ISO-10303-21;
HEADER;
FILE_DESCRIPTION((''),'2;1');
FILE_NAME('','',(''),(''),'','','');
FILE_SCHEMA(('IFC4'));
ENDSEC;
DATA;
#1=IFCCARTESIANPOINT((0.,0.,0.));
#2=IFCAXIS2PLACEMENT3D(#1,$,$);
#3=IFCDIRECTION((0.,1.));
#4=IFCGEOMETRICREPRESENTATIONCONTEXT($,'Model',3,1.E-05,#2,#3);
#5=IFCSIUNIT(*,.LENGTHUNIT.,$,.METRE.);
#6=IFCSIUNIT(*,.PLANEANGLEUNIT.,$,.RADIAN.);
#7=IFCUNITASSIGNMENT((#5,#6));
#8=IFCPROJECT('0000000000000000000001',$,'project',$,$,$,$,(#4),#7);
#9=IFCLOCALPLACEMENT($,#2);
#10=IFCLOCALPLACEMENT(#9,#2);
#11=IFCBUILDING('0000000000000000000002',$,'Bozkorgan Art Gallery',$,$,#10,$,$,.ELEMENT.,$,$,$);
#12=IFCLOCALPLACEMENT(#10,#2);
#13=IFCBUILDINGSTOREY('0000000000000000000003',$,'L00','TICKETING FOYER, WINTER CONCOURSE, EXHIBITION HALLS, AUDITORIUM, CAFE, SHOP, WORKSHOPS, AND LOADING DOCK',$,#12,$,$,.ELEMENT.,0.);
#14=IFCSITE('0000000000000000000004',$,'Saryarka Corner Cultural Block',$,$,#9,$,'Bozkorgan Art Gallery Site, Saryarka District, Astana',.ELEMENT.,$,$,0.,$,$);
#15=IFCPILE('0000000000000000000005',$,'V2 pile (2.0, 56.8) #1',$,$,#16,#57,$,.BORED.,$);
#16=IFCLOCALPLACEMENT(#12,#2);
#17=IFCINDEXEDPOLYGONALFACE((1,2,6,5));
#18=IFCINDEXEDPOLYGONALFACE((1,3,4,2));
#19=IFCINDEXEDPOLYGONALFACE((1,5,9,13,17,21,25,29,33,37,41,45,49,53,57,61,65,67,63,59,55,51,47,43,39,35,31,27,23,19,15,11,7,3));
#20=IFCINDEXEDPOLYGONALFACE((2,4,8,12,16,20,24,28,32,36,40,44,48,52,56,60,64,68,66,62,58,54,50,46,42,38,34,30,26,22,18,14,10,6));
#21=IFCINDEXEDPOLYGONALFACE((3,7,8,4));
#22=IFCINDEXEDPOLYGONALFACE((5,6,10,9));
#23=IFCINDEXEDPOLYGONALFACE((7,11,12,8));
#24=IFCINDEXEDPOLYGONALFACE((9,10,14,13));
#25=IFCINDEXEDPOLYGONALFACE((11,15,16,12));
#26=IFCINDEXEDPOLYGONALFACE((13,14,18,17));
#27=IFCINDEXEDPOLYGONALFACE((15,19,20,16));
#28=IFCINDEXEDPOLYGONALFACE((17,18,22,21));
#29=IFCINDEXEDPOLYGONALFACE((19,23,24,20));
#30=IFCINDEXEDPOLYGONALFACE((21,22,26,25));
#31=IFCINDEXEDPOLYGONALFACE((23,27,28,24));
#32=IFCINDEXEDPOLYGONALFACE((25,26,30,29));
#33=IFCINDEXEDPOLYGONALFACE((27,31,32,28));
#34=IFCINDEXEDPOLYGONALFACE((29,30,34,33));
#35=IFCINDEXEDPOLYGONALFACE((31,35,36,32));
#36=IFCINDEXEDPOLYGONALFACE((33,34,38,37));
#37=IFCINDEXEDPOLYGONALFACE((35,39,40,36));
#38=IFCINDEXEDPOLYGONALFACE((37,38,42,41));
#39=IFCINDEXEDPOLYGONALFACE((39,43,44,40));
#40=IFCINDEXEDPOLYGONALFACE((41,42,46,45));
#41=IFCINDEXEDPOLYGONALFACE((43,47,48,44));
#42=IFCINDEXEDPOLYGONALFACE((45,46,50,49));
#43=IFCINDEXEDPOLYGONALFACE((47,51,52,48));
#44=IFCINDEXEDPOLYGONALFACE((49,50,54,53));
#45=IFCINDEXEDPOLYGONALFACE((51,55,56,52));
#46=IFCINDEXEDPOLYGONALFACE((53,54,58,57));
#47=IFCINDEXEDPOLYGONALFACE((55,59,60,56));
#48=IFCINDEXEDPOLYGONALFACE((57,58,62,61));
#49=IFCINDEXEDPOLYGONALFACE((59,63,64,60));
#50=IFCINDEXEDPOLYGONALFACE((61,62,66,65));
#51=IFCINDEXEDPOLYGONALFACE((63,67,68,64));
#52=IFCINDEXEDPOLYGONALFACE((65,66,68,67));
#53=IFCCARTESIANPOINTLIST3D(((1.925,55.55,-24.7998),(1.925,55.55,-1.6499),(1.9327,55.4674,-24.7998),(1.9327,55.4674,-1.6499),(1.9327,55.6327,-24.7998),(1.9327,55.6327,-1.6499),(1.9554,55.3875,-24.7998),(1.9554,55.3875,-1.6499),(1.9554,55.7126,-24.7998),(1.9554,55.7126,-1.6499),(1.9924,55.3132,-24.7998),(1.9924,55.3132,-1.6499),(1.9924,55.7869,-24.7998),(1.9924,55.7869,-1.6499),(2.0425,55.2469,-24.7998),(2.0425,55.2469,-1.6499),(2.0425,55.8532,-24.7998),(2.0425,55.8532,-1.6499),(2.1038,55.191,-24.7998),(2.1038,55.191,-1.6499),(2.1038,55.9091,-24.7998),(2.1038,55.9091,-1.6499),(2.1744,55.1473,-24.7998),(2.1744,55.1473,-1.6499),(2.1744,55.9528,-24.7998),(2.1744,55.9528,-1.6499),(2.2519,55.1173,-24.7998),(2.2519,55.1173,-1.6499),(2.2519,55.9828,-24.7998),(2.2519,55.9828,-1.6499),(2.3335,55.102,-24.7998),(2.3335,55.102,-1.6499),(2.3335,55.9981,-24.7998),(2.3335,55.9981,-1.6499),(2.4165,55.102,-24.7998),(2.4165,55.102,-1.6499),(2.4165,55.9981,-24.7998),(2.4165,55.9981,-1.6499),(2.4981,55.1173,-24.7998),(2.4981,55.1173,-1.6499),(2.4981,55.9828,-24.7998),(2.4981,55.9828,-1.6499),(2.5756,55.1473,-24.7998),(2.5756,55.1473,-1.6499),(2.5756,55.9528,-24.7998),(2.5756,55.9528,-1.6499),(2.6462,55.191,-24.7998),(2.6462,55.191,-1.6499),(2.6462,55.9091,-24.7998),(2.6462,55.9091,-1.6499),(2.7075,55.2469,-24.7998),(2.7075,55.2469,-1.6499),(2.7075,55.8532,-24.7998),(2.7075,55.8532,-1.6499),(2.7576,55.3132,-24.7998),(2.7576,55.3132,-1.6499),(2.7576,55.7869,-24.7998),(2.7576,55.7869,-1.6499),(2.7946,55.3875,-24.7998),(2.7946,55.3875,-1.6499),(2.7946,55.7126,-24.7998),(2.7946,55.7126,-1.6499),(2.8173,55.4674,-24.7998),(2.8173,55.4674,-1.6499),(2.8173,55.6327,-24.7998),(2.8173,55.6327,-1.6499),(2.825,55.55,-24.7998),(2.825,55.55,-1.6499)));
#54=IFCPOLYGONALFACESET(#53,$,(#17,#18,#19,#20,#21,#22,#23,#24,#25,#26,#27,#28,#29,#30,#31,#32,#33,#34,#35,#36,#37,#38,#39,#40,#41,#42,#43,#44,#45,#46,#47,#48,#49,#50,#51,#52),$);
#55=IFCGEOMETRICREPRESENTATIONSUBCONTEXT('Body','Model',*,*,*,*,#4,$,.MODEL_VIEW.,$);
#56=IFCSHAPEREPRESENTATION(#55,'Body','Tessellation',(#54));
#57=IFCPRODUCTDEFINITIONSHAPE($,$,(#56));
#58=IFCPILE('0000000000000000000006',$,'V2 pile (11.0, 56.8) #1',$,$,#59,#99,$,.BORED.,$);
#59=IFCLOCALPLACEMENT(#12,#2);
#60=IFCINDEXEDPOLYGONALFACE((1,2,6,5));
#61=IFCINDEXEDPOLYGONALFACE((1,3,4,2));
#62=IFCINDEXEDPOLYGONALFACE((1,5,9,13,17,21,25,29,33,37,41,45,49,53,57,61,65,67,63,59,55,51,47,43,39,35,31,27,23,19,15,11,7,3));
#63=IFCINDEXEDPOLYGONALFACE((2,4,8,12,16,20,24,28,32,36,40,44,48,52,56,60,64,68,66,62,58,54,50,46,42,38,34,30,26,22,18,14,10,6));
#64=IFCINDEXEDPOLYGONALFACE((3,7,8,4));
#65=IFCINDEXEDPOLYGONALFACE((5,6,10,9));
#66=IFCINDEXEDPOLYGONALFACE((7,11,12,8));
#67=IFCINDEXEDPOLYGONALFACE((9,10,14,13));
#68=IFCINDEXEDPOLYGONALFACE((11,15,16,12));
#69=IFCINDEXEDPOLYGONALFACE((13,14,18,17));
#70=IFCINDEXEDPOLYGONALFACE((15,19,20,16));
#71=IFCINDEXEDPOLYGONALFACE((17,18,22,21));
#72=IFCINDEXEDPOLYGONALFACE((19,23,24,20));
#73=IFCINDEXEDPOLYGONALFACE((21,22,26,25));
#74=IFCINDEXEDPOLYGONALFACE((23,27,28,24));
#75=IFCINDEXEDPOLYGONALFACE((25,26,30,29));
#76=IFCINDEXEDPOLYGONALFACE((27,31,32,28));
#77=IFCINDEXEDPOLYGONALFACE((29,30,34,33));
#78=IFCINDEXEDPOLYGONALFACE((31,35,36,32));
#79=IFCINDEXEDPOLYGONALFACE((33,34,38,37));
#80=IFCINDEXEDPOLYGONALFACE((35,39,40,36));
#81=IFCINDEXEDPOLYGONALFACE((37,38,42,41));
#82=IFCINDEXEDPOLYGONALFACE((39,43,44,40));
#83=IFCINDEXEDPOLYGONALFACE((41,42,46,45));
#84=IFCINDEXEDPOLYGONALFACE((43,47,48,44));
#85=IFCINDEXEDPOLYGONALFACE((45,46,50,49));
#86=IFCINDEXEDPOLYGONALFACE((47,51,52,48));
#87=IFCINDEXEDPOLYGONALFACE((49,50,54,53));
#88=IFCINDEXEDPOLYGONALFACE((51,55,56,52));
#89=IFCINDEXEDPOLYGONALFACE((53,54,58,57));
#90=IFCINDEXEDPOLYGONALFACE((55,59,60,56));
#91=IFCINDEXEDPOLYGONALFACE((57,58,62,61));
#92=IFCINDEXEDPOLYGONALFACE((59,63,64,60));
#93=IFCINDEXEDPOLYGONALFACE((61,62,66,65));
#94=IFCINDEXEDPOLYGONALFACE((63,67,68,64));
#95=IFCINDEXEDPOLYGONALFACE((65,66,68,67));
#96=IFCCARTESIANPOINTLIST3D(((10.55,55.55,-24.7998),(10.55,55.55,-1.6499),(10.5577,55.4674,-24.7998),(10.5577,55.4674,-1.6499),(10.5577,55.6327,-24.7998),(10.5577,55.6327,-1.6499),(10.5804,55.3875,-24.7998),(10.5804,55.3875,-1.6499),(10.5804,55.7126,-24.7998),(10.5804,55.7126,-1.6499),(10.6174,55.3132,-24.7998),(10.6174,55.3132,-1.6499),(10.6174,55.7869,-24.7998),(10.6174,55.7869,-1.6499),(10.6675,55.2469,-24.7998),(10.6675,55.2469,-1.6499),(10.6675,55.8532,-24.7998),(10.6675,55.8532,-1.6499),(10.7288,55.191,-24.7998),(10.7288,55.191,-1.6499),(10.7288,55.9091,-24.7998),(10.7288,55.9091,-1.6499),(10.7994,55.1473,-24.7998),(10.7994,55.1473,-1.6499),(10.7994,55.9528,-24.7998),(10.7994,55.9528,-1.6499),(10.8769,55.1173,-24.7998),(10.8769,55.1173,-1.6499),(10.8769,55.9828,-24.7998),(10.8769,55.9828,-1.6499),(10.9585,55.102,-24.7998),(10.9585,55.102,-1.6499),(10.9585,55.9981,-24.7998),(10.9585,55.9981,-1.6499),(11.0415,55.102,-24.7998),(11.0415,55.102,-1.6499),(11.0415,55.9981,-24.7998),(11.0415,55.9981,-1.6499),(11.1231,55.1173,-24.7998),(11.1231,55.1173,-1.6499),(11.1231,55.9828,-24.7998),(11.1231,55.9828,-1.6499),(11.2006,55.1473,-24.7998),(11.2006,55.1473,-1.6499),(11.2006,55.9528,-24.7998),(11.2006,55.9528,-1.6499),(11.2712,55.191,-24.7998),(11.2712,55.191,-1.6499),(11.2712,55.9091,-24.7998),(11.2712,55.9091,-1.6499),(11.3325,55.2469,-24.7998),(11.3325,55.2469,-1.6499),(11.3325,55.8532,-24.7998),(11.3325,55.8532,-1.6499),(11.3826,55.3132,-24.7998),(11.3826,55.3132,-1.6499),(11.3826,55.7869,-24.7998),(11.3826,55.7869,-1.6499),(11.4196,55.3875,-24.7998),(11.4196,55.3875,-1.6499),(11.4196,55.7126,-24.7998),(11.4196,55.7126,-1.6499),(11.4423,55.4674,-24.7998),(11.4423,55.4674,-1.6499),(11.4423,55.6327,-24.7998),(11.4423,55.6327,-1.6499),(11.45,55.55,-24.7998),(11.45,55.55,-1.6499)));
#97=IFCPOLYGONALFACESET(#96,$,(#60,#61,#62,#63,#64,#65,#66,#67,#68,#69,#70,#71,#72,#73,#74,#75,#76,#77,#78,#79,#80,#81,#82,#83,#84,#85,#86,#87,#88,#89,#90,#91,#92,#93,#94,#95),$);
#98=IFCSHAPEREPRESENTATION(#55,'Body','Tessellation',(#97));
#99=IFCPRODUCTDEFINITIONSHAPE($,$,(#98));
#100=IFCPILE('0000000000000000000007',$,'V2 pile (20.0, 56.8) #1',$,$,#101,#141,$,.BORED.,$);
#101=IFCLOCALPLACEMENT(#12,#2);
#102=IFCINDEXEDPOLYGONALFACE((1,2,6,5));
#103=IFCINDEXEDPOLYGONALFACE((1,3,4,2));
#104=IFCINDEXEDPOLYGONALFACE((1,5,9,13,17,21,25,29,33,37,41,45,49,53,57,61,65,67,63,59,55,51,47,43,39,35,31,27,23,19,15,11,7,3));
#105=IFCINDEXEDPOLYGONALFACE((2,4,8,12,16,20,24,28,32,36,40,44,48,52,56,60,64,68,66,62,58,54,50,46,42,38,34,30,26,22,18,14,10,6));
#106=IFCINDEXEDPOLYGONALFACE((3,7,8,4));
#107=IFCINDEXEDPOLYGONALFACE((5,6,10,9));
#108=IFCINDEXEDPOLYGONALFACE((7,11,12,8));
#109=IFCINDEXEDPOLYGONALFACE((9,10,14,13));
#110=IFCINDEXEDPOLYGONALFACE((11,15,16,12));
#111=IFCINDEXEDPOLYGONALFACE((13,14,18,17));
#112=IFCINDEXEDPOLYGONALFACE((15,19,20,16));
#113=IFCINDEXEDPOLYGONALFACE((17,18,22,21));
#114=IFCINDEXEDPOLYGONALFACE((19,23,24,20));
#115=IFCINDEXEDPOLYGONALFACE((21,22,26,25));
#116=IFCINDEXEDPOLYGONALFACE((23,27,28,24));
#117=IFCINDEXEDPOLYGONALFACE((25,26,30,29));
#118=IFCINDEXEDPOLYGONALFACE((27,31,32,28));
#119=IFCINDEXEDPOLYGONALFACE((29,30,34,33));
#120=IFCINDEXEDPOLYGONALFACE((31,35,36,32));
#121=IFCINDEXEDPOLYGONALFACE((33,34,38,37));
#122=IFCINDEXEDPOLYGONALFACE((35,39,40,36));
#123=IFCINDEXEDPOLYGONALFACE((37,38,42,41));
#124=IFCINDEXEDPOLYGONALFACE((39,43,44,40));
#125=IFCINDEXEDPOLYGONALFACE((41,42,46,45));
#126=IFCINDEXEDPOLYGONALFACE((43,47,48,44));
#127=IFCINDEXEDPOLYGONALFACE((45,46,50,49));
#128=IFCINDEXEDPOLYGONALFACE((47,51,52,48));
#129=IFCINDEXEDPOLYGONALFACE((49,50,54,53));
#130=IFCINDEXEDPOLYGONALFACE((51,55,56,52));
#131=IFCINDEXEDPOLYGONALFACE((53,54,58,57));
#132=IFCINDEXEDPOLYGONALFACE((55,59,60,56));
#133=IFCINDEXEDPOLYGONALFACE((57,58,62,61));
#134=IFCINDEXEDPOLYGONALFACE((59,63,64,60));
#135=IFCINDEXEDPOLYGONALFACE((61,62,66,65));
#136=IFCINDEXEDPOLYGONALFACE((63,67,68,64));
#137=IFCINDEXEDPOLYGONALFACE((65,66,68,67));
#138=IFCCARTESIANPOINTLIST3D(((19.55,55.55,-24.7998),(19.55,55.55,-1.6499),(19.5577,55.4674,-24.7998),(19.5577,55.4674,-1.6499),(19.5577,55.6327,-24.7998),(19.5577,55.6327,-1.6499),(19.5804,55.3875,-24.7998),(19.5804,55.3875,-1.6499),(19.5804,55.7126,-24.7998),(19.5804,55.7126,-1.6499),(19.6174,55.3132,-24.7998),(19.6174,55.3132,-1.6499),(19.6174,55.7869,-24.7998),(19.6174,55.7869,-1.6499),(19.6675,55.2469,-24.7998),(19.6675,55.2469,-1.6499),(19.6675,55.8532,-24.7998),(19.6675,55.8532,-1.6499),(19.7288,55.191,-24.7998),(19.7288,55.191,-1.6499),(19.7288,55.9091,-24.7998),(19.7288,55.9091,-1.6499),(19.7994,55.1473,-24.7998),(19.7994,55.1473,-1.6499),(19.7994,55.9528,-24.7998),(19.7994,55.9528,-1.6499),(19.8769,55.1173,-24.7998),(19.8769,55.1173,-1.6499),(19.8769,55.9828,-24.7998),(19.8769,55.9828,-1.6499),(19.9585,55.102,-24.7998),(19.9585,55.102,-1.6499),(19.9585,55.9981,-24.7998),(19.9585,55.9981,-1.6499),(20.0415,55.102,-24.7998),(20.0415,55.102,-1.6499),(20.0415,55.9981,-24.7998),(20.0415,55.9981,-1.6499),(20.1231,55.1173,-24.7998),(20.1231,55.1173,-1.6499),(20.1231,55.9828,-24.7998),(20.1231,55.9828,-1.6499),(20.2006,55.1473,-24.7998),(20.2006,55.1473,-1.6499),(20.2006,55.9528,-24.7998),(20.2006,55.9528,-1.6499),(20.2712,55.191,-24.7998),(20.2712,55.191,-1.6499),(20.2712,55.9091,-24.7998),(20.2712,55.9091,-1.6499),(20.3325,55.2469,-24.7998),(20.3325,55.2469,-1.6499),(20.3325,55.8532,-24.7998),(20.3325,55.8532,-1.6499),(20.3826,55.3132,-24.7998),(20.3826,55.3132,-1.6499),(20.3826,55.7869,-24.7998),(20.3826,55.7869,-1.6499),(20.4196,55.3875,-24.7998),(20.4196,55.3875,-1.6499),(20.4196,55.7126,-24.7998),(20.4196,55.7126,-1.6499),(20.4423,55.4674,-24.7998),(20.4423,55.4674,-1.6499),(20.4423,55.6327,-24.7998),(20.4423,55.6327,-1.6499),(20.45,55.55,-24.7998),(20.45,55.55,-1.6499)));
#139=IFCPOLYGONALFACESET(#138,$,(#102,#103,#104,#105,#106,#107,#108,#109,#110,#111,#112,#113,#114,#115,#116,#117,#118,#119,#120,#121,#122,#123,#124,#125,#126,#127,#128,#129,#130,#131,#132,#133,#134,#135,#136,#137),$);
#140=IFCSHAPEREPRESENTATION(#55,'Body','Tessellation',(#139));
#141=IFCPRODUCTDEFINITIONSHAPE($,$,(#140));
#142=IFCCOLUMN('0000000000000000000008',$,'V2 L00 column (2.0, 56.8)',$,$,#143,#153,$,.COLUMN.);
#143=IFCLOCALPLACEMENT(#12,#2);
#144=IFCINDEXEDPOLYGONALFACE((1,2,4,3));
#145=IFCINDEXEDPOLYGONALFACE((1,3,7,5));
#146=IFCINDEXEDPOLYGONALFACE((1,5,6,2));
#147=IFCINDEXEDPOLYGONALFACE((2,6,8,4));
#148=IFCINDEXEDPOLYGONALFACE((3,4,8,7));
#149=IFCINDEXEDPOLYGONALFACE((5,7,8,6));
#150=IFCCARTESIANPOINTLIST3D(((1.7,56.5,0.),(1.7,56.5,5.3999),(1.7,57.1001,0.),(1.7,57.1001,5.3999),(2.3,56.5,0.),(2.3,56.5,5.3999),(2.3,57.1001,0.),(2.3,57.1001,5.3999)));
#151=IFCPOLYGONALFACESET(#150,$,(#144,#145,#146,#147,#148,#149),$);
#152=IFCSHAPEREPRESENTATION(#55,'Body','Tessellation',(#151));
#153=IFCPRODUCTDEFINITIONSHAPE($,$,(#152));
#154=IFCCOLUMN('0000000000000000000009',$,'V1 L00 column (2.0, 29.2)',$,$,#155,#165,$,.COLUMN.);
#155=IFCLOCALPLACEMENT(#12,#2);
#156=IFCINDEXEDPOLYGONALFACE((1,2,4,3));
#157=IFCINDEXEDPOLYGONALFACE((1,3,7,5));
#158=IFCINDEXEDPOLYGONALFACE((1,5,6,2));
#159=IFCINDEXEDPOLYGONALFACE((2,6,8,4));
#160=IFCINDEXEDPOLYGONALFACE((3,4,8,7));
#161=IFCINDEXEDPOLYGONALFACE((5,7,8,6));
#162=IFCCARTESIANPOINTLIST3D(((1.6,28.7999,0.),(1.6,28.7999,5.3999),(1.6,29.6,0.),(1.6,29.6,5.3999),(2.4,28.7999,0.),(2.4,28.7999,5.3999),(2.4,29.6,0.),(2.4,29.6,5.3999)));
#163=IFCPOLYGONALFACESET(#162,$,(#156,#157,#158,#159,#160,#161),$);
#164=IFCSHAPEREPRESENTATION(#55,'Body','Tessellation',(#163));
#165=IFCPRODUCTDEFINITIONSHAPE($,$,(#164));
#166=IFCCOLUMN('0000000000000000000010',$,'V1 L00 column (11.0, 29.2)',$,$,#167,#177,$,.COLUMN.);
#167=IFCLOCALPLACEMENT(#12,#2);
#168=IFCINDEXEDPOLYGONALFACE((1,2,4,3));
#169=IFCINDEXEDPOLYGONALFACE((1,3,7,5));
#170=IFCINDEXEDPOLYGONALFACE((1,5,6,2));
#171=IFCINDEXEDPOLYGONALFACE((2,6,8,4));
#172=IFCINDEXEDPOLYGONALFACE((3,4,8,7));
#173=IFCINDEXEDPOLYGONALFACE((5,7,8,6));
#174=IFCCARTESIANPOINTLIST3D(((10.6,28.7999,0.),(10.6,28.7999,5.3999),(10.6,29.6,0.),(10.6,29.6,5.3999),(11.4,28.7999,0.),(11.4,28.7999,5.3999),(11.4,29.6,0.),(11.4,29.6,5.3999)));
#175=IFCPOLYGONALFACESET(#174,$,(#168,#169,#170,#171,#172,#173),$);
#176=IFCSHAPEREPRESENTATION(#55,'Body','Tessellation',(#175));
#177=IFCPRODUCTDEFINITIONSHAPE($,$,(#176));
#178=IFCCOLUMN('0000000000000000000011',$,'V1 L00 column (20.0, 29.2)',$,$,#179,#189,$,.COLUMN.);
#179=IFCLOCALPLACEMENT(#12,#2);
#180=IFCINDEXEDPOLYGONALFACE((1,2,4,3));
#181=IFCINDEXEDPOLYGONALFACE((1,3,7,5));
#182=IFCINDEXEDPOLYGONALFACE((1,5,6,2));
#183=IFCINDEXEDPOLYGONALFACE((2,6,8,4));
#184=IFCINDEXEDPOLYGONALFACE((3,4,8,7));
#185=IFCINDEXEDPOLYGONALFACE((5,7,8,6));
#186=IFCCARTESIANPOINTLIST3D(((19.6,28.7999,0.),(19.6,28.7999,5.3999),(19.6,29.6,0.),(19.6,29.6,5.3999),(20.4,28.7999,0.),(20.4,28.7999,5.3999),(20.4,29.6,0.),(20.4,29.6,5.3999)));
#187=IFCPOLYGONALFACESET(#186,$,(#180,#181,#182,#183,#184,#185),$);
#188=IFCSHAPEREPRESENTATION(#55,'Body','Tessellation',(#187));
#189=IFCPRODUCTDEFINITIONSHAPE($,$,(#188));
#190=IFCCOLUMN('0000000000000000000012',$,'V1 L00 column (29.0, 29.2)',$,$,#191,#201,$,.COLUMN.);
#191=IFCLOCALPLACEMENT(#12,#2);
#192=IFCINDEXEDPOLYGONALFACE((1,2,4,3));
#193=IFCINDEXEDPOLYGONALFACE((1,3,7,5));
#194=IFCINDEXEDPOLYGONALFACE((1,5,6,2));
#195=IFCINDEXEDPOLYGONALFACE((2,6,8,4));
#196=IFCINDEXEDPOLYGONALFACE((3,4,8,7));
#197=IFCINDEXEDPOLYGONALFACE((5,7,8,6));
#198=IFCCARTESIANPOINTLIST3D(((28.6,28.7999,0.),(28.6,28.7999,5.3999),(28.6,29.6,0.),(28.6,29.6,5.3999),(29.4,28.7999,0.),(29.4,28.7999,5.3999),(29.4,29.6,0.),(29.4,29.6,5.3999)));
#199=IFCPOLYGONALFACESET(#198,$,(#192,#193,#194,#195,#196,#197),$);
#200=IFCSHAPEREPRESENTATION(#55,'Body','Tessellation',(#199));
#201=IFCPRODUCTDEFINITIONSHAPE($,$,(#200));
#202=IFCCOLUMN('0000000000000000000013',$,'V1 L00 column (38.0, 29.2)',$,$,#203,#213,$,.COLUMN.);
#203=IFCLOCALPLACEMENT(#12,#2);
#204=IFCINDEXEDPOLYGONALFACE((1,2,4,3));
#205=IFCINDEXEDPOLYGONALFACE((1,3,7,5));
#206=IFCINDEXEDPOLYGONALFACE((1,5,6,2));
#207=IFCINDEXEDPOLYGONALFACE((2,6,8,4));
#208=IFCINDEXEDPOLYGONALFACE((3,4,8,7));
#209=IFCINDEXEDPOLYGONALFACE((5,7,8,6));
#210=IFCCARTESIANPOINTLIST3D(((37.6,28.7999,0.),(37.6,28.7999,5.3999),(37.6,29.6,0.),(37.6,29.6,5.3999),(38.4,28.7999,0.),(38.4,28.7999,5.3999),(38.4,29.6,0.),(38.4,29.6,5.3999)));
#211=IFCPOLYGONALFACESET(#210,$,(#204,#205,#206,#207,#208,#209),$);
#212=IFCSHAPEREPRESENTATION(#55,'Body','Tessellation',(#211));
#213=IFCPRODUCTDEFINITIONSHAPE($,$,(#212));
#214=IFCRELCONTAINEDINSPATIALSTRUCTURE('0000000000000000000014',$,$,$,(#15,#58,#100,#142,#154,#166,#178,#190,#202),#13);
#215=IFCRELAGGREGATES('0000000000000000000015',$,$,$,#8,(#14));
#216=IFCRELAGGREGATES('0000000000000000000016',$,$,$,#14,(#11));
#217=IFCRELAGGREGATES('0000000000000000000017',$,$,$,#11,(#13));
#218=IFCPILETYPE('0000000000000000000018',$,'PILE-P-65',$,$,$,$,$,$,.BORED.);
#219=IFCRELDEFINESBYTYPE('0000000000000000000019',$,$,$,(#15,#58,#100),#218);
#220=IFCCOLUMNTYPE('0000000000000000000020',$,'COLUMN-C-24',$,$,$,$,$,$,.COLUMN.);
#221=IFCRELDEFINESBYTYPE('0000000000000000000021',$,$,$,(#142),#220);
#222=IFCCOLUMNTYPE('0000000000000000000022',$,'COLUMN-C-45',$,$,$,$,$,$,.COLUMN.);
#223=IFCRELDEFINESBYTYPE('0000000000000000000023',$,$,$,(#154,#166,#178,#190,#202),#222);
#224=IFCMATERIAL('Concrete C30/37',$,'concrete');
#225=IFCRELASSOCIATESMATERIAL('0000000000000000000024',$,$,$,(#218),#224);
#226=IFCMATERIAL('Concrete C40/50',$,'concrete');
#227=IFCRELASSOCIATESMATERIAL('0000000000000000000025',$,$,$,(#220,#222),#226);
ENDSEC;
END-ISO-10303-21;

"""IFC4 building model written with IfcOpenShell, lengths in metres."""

from ifc_helpers import new_model, si_unit, direction, frame, origin, origin_2d, place, context, subcontext, project, spatial, rectangle, circle, extrude, material, material_profile, profile_set, type_object, element, save


model = new_model("IFC4")

# Units and contexts
model_context = context("Model", 3, precision=1e-05, world=origin(), true_north=direction((0.0, 1.0)))
body_context = subcontext(model_context, "Body", "Model", "MODEL_VIEW")
ifc_project = project(units=[si_unit("LENGTHUNIT", "METRE"), si_unit("PLANEANGLEUNIT", "RADIAN")], contexts=[model_context])

# Site, building, storey
site_placement = place(None, origin())
site = spatial("IfcSite", under=ifc_project, at=site_placement, Name="Saryarka Corner Cultural Block", LongName="Bozkorgan Art Gallery Site, Saryarka District, Astana", CompositionType="ELEMENT", RefElevation=0.0)
building_placement = place(site_placement, origin())
building = spatial("IfcBuilding", under=site, at=building_placement, Name="Bozkorgan Art Gallery", CompositionType="ELEMENT")
storey_placement = place(building_placement, origin())
storey = spatial("IfcBuildingStorey", under=building, at=storey_placement, Name="L00", Description="TICKETING FOYER, WINTER CONCOURSE, EXHIBITION HALLS, AUDITORIUM, CAFE, SHOP, WORKSHOPS, AND LOADING DOCK", CompositionType="ELEMENT", Elevation=0.0)

# Piles
ifc_material_1 = material(Name="Concrete C30/37", Category="concrete")
ifc_material_profile_1 = material_profile(ifc_material_1, circle(Radius=0.45, at=origin_2d()), Name="PILE D900")
ifc_profile_set_1 = profile_set([ifc_material_profile_1], Name="Concrete C30/37")
pile_type = type_object("IfcPileType", Name="PILE-P-65", PredefinedType="BORED", material=ifc_profile_set_1)
for number, where, z_axis, x_axis, name in (
    (1, (2.375, 55.55, -1.6499), (0.0, 0.0, -1.0), (1.0, 0.0, 0.0), "V2 pile (2.0, 56.8) #1"),
    (2, (11.0, 55.55, -1.6499), (0.0, 0.0, -1.0), (1.0, 0.0, 0.0), "V2 pile (11.0, 56.8) #1"),
    (3, (20.0, 55.55, -1.6499), (0.0, 0.0, -1.0), (1.0, 0.0, 0.0), "V2 pile (20.0, 56.8) #1"),
):
    element("IfcPile", number, at=place(storey_placement, frame(where, z_axis=z_axis, x_axis=x_axis)), inside=storey, type_object=pile_type, Name=name, PredefinedType="BORED", context=body_context, shape_type="SweptSolid", body=[
        extrude(circle(Radius=0.45, at=origin_2d()), origin(), (0.0, 0.0, 1.0), 23.1499),
    ])

# Columns
ifc_material_2 = material(Name="Concrete C40/50", Category="concrete")
ifc_material_profile_2 = material_profile(ifc_material_2, rectangle(XDim=0.6001, YDim=0.6001, at=origin_2d()), Name="RC 600x600")
ifc_profile_set_2 = profile_set([ifc_material_profile_2], Name="Concrete C40/50")
column_type_1 = type_object("IfcColumnType", Name="COLUMN-C-24", PredefinedType="COLUMN", material=ifc_profile_set_2)
column_placement = place(storey_placement, frame((2.0, 56.8, 0.0), z_axis=(0.0, 0.0, 1.0), x_axis=(1.0, 0.0, 0.0)))
element("IfcColumn", 4, at=column_placement, inside=storey, type_object=column_type_1, Name="V2 L00 column (2.0, 56.8)", PredefinedType="COLUMN", context=body_context, shape_type="SweptSolid", body=[
    extrude(rectangle(XDim=0.6001, YDim=0.6001, at=origin_2d()), origin(), (0.0, 0.0, 1.0), 5.3999),
])
ifc_material_profile_3 = material_profile(ifc_material_2, rectangle(XDim=0.8, YDim=0.8, at=origin_2d()), Name="RC 800x800")
ifc_profile_set_3 = profile_set([ifc_material_profile_3], Name="Concrete C40/50")
column_type_2 = type_object("IfcColumnType", Name="COLUMN-C-45", PredefinedType="COLUMN", material=ifc_profile_set_3)
for number, where, z_axis, x_axis, name in (
    (5, (2.0, 29.2, 0.0), (0.0, 0.0, 1.0), (1.0, 0.0, 0.0), "V1 L00 column (2.0, 29.2)"),
    (6, (11.0, 29.2, 0.0), (0.0, 0.0, 1.0), (1.0, 0.0, 0.0), "V1 L00 column (11.0, 29.2)"),
    (7, (20.0, 29.2, 0.0), (0.0, 0.0, 1.0), (1.0, 0.0, 0.0), "V1 L00 column (20.0, 29.2)"),
    (8, (29.0, 29.2, 0.0), (0.0, 0.0, 1.0), (1.0, 0.0, 0.0), "V1 L00 column (29.0, 29.2)"),
    (9, (38.0, 29.2, 0.0), (0.0, 0.0, 1.0), (1.0, 0.0, 0.0), "V1 L00 column (38.0, 29.2)"),
):
    element("IfcColumn", number, at=place(storey_placement, frame(where, z_axis=z_axis, x_axis=x_axis)), inside=storey, type_object=column_type_2, Name=name, PredefinedType="COLUMN", context=body_context, shape_type="SweptSolid", body=[
        extrude(rectangle(XDim=0.8, YDim=0.8, at=origin_2d()), origin(), (0.0, 0.0, 1.0), 5.3999),
    ])

save(model, "model.ifc")
